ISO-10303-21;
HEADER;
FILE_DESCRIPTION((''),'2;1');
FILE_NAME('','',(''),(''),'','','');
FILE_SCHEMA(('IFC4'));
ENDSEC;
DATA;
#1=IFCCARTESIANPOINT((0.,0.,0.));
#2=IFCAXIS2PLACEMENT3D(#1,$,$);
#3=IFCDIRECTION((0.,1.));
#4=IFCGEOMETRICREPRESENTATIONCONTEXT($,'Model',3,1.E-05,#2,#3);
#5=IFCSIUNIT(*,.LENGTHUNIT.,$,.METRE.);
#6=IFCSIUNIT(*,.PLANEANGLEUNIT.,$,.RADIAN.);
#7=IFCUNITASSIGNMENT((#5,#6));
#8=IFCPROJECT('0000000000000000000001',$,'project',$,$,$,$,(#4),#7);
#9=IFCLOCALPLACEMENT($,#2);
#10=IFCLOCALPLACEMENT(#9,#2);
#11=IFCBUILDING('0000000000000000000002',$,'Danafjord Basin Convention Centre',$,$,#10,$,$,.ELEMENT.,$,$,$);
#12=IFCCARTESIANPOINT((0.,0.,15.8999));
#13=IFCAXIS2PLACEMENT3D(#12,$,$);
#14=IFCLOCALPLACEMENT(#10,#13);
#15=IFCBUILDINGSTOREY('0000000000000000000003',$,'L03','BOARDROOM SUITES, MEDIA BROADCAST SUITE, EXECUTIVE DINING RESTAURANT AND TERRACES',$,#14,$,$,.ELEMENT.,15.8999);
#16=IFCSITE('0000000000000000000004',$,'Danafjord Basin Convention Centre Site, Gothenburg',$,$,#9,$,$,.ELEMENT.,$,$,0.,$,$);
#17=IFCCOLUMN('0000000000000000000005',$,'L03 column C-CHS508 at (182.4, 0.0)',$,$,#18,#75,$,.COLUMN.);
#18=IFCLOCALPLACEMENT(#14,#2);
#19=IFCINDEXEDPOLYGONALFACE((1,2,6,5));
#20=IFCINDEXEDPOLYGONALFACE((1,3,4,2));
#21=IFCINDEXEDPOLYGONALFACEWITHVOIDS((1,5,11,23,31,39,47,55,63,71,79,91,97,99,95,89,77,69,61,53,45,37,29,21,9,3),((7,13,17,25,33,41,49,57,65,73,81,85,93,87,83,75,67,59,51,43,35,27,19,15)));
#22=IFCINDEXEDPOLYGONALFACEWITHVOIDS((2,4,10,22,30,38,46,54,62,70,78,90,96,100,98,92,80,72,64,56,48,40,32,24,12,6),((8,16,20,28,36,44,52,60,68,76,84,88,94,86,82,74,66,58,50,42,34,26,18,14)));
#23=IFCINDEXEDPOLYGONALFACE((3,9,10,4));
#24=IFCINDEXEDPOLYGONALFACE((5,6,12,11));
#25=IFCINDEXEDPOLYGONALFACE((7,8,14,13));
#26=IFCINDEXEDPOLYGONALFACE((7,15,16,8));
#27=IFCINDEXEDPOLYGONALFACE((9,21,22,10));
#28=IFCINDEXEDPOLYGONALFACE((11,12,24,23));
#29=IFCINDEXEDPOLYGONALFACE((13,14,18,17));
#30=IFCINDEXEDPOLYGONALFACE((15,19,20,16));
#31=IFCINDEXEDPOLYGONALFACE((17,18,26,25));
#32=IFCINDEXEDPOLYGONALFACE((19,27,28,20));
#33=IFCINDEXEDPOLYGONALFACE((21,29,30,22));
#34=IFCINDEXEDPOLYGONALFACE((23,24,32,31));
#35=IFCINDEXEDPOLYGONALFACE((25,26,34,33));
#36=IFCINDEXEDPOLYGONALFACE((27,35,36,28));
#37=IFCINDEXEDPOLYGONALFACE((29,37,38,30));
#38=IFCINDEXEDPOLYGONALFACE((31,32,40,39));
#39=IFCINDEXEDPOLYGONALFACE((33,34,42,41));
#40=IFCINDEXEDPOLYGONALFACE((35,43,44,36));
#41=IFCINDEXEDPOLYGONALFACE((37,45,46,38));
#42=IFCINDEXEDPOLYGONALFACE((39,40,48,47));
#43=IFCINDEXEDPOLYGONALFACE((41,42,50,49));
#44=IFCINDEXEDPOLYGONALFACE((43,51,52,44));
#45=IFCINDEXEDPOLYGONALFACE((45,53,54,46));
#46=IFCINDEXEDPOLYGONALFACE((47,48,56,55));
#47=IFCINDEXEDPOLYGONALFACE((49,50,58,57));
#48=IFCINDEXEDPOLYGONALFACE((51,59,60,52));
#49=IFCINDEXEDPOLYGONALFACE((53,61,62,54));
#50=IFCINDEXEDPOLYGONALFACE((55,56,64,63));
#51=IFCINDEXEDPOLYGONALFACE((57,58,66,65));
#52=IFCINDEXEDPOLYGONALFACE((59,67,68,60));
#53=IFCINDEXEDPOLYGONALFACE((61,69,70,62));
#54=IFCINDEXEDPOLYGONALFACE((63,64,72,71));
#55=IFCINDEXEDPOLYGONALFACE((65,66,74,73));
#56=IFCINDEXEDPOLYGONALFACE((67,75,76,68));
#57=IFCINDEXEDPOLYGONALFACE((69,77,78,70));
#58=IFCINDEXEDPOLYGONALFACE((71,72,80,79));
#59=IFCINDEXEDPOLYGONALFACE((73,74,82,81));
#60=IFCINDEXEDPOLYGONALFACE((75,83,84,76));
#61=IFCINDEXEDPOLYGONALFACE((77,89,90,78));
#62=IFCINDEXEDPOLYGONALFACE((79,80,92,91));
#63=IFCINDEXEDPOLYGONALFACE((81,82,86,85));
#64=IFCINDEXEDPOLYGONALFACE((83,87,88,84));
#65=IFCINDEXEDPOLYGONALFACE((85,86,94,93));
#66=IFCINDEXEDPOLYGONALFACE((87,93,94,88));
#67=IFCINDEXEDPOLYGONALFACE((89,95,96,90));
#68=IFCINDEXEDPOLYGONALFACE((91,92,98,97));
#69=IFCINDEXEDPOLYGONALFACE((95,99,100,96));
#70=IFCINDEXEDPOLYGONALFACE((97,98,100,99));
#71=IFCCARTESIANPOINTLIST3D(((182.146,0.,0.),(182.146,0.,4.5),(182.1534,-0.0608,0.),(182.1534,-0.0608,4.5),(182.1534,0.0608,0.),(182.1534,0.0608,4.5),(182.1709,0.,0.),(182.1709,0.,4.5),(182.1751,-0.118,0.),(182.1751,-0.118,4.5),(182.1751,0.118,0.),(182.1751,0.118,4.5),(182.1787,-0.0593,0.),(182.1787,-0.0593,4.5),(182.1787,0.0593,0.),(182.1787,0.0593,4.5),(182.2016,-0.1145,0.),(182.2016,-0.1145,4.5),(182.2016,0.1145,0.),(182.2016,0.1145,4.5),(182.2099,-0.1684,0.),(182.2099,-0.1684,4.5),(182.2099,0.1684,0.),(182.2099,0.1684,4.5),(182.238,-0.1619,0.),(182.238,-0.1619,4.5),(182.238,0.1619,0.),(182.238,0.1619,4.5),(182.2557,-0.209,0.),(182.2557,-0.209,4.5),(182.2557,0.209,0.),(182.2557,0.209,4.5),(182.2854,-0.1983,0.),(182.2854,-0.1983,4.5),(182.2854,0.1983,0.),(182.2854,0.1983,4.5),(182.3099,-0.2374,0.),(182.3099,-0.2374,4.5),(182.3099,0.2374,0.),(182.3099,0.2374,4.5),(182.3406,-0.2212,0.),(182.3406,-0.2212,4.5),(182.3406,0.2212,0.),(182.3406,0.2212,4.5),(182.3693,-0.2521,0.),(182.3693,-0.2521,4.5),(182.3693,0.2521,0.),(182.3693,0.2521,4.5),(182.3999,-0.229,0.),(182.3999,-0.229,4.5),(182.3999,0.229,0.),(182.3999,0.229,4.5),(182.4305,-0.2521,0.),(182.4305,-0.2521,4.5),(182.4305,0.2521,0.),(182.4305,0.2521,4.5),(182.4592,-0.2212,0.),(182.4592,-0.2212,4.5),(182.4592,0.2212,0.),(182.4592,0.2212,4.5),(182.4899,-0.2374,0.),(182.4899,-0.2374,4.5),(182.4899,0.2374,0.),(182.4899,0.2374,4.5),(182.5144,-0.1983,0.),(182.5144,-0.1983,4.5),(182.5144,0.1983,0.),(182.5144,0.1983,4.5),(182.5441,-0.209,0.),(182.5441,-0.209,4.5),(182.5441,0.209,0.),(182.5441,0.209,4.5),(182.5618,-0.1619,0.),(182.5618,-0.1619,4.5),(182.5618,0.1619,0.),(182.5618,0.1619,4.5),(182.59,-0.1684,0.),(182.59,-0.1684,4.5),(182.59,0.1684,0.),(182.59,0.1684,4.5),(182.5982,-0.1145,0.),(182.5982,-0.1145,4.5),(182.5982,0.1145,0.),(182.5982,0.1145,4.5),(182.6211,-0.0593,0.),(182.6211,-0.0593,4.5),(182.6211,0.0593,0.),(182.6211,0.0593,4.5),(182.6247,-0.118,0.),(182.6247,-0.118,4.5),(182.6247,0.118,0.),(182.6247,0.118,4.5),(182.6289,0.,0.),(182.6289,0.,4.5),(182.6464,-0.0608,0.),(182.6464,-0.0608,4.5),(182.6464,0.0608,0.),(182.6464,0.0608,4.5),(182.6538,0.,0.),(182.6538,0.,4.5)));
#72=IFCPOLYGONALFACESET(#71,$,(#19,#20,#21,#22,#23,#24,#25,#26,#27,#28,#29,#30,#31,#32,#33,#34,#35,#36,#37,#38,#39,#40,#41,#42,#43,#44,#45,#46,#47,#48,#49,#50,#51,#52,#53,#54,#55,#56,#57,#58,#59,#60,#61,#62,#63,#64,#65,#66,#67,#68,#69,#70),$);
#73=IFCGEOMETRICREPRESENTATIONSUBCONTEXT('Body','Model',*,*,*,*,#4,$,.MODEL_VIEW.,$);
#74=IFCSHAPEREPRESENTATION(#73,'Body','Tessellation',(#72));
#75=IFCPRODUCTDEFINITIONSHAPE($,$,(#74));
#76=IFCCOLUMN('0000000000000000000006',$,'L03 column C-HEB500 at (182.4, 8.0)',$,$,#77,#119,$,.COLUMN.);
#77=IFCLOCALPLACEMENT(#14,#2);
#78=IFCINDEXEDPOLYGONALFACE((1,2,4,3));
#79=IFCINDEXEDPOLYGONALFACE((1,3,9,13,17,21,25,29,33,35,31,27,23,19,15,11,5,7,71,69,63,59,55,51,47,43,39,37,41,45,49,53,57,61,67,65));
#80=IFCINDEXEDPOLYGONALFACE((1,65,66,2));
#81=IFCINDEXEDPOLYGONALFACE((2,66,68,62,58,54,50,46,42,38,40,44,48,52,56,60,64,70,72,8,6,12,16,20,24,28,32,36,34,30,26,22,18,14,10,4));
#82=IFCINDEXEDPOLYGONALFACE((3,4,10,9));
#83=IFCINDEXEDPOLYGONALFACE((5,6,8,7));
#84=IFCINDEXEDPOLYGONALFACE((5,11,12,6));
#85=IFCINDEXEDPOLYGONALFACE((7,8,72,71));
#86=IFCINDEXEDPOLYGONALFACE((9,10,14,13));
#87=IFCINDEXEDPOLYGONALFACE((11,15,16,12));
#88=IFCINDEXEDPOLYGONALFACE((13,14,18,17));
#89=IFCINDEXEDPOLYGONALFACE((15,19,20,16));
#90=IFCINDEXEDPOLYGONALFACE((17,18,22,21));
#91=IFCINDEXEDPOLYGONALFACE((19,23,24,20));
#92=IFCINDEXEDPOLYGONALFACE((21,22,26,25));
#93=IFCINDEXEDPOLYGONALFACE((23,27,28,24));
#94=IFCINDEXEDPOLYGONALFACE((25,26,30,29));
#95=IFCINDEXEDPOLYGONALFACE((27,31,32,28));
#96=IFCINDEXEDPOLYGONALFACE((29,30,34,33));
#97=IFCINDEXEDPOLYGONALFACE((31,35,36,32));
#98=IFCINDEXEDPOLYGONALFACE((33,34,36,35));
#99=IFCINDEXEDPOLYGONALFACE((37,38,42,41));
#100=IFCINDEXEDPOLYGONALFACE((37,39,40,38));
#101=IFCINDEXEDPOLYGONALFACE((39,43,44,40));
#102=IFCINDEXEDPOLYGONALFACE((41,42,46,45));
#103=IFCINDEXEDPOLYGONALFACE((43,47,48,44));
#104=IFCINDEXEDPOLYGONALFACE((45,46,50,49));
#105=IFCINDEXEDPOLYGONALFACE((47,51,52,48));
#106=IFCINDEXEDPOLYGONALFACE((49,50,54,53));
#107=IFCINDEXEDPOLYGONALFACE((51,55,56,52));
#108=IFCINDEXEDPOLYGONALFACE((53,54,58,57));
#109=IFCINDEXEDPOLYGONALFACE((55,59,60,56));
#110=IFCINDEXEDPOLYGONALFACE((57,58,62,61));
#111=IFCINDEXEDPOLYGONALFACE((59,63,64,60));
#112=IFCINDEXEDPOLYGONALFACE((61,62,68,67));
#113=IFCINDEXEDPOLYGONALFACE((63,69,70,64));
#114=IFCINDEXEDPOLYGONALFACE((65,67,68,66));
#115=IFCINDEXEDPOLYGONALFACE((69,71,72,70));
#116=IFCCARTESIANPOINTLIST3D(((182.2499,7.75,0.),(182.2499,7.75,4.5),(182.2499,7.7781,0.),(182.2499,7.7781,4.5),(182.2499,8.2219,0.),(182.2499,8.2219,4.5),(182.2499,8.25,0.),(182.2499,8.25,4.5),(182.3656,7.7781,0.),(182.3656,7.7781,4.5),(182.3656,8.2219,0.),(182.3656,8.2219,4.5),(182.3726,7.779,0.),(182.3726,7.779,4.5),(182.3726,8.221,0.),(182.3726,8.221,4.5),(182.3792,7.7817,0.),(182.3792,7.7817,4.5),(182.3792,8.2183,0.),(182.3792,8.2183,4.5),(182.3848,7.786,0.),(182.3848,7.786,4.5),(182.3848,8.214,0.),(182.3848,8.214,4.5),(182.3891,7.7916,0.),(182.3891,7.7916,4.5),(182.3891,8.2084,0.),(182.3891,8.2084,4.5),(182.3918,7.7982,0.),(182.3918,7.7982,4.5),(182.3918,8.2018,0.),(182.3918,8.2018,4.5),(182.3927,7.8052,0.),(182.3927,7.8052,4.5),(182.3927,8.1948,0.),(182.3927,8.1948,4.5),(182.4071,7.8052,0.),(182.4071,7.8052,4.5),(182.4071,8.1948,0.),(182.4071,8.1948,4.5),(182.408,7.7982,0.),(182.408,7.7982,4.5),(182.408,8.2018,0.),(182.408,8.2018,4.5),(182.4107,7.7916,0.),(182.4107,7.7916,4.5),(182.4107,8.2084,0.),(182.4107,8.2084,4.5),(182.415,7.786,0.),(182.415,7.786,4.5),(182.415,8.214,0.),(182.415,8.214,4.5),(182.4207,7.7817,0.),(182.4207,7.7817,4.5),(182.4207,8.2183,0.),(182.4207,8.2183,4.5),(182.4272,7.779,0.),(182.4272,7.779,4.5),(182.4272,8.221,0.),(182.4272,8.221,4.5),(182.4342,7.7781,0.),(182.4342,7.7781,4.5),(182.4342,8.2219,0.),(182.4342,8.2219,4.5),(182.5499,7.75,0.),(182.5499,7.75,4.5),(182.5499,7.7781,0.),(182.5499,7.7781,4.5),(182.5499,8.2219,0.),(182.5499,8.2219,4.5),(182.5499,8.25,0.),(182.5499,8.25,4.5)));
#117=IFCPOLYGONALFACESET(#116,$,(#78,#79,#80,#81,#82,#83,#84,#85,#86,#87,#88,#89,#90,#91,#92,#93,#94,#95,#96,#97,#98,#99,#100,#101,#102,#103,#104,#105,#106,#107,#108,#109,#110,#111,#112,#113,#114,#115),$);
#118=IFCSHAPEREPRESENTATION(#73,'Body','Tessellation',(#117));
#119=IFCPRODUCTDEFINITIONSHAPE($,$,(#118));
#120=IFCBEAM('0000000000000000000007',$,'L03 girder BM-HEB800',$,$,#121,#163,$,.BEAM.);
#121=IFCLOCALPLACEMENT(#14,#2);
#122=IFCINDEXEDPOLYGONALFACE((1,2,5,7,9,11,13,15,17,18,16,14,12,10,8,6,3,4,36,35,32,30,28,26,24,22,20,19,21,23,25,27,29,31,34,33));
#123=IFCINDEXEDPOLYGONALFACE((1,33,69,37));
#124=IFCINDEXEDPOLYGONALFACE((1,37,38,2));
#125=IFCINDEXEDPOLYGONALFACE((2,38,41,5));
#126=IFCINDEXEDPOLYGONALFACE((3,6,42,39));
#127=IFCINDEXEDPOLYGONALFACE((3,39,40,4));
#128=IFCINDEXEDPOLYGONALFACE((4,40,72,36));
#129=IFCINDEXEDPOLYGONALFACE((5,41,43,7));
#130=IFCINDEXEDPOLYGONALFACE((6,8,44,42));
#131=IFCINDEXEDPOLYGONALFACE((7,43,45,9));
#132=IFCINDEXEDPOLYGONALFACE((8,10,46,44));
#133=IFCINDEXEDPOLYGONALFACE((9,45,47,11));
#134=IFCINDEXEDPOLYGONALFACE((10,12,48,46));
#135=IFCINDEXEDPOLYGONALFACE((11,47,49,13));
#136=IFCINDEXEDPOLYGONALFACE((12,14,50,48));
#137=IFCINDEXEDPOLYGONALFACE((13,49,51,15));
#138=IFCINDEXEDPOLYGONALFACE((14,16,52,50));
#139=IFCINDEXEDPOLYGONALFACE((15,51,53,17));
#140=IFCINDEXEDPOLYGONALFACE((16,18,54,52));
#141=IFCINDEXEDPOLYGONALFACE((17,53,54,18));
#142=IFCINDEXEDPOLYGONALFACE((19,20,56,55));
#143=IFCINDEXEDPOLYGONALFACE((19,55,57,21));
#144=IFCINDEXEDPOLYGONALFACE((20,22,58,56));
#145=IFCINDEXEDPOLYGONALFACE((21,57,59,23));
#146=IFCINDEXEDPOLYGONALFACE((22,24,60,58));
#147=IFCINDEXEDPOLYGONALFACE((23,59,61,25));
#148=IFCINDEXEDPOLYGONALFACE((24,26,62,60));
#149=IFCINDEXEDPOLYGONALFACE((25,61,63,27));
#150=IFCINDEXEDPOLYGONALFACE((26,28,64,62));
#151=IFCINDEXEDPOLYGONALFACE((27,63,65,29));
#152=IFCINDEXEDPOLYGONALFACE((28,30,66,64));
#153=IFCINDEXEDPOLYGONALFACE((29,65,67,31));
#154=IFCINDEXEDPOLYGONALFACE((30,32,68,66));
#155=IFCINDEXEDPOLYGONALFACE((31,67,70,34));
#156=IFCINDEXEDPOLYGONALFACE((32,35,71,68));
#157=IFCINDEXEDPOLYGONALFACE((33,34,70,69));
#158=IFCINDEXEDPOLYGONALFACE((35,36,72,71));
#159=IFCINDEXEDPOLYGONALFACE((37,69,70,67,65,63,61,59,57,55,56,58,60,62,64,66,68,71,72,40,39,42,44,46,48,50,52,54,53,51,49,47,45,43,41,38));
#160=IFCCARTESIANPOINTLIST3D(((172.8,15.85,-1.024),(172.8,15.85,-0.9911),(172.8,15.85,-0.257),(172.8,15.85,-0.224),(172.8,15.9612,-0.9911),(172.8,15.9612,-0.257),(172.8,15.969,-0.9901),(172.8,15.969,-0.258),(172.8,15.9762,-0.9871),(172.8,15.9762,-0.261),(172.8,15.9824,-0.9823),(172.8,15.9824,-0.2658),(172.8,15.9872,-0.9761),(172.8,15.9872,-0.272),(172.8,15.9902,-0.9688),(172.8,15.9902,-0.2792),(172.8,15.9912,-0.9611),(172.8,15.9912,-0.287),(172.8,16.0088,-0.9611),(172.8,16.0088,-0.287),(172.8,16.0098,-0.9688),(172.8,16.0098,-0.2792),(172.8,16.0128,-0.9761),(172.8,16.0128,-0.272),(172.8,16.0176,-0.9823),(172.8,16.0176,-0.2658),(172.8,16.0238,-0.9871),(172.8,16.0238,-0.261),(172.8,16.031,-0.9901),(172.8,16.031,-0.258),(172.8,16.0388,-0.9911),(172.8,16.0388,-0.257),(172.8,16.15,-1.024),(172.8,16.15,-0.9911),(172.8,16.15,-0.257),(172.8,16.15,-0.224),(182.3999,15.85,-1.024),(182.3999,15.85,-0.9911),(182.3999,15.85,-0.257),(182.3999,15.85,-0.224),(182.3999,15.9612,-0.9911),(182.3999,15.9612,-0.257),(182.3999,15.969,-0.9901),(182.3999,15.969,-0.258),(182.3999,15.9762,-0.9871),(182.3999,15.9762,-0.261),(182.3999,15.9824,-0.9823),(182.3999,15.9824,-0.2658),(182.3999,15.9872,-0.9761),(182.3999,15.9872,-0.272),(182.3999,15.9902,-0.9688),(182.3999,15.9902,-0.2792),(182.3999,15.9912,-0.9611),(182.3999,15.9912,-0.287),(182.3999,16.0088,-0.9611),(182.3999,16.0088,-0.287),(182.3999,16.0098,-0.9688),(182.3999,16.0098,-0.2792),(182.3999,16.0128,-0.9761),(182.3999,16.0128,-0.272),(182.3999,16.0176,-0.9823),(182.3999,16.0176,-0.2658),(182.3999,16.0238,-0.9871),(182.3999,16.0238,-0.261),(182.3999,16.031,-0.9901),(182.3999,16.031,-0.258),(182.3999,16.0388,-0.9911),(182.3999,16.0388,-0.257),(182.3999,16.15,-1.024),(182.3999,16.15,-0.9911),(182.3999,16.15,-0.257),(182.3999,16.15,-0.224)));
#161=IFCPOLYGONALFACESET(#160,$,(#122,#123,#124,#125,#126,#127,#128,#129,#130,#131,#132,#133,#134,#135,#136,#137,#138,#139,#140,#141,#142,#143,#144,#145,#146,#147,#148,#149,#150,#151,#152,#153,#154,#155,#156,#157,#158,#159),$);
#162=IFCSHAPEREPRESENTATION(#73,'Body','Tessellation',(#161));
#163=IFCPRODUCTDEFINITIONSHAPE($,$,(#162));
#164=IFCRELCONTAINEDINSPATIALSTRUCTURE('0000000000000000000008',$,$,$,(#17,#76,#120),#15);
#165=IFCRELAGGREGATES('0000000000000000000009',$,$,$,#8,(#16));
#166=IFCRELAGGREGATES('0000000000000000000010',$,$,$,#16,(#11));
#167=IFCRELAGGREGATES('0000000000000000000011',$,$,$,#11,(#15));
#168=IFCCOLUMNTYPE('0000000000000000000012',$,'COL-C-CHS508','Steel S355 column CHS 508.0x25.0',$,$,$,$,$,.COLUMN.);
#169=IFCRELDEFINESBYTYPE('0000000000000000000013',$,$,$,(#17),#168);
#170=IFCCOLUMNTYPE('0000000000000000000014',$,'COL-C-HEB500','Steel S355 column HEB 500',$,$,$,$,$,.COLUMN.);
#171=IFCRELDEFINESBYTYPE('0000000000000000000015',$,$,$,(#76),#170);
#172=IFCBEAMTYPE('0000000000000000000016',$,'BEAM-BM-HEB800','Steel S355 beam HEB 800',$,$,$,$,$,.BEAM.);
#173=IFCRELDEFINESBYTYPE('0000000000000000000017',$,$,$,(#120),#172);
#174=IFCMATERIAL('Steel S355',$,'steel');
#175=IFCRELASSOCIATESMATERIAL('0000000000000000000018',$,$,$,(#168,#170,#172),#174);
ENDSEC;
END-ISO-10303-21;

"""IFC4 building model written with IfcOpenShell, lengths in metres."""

from ifc_helpers import new_model, si_unit, direction, frame, origin, origin_2d, place, context, subcontext, project, spatial, hollow_circle, i_section, extrude, material, material_profile, profile_set, type_object, element, save


model = new_model("IFC4")

# Units and contexts
model_context = context("Model", 3, precision=1e-05, world=origin(), true_north=direction((0.0, 1.0)))
body_context = subcontext(model_context, "Body", "Model", "MODEL_VIEW")
ifc_project = project(units=[si_unit("LENGTHUNIT", "METRE"), si_unit("PLANEANGLEUNIT", "RADIAN")], contexts=[model_context])

# Site, building, storey
site_placement = place(None, origin())
site = spatial("IfcSite", under=ifc_project, at=site_placement, Name="Danafjord Basin Convention Centre Site, Gothenburg", CompositionType="ELEMENT", RefElevation=0.0)
building_placement = place(site_placement, origin())
building = spatial("IfcBuilding", under=site, at=building_placement, Name="Danafjord Basin Convention Centre", CompositionType="ELEMENT")
storey_placement = place(building_placement, frame((0.0, 0.0, 15.8999)))
storey = spatial("IfcBuildingStorey", under=building, at=storey_placement, Name="L03", Description="BOARDROOM SUITES, MEDIA BROADCAST SUITE, EXECUTIVE DINING RESTAURANT AND TERRACES", CompositionType="ELEMENT", Elevation=15.8999)

# Columns
ifc_material_1 = material(Name="Steel S355", Category="steel")
ifc_material_profile_1 = material_profile(ifc_material_1, hollow_circle(Radius=0.2539, WallThickness=0.0249, at=origin_2d()), Name="CHS 508.0x25.0")
ifc_profile_set_1 = profile_set([ifc_material_profile_1], Name="Steel S355")
column_type_1 = type_object("IfcColumnType", Name="COL-C-CHS508", Description="Steel S355 column CHS 508.0x25.0", PredefinedType="COLUMN", material=ifc_profile_set_1)
column_1_placement = place(storey_placement, frame((182.3999, 0.0, 0.0), z_axis=(0.0, 0.0, 1.0), x_axis=(1.0, 0.0, 0.0)))
element("IfcColumn", 1, at=column_1_placement, inside=storey, type_object=column_type_1, Name="L03 column C-CHS508 at (182.4, 0.0)", PredefinedType="COLUMN", context=body_context, shape_type="SweptSolid", body=[
    extrude(hollow_circle(Radius=0.2539, WallThickness=0.0249, at=origin_2d()), origin(), (0.0, 0.0, 1.0), 4.5),
])
ifc_material_profile_2 = material_profile(ifc_material_1, i_section(OverallWidth=0.3, OverallDepth=0.5, WebThickness=0.0144, FlangeThickness=0.0281, FilletRadius=0.0271, at=origin_2d()), Name="HEB 500")
ifc_profile_set_2 = profile_set([ifc_material_profile_2], Name="Steel S355")
column_type_2 = type_object("IfcColumnType", Name="COL-C-HEB500", Description="Steel S355 column HEB 500", PredefinedType="COLUMN", material=ifc_profile_set_2)
column_2_placement = place(storey_placement, frame((182.3999, 8.0, 0.0), z_axis=(0.0, 0.0, 1.0), x_axis=(1.0, 0.0, 0.0)))
element("IfcColumn", 2, at=column_2_placement, inside=storey, type_object=column_type_2, Name="L03 column C-HEB500 at (182.4, 8.0)", PredefinedType="COLUMN", context=body_context, shape_type="SweptSolid", body=[
    extrude(i_section(OverallWidth=0.3, OverallDepth=0.5, WebThickness=0.0144, FlangeThickness=0.0281, FilletRadius=0.0271, at=origin_2d()), origin(), (0.0, 0.0, 1.0), 4.5),
])

# Beam
ifc_material_profile_3 = material_profile(ifc_material_1, i_section(OverallWidth=0.3, OverallDepth=0.8, WebThickness=0.0176, FlangeThickness=0.033, FilletRadius=0.03, at=origin_2d()), Name="HEB 800")
ifc_profile_set_3 = profile_set([ifc_material_profile_3], Name="Steel S355")
beam_type_1 = type_object("IfcBeamType", Name="BEAM-BM-HEB800", Description="Steel S355 beam HEB 800", PredefinedType="BEAM", material=ifc_profile_set_3)
beam_1_placement = place(storey_placement, frame((172.8, 16.0, -0.624), z_axis=(1.0, 0.0, 0.0), x_axis=(0.0, 1.0, 0.0)))
element("IfcBeam", 3, at=beam_1_placement, inside=storey, type_object=beam_type_1, Name="L03 girder BM-HEB800", PredefinedType="BEAM", context=body_context, shape_type="SweptSolid", body=[
    extrude(i_section(OverallWidth=0.3, OverallDepth=0.8, WebThickness=0.0176, FlangeThickness=0.033, FilletRadius=0.03, at=origin_2d()), origin(), (0.0, 0.0, 1.0), 9.5999),
])

save(model, "model.ifc")
